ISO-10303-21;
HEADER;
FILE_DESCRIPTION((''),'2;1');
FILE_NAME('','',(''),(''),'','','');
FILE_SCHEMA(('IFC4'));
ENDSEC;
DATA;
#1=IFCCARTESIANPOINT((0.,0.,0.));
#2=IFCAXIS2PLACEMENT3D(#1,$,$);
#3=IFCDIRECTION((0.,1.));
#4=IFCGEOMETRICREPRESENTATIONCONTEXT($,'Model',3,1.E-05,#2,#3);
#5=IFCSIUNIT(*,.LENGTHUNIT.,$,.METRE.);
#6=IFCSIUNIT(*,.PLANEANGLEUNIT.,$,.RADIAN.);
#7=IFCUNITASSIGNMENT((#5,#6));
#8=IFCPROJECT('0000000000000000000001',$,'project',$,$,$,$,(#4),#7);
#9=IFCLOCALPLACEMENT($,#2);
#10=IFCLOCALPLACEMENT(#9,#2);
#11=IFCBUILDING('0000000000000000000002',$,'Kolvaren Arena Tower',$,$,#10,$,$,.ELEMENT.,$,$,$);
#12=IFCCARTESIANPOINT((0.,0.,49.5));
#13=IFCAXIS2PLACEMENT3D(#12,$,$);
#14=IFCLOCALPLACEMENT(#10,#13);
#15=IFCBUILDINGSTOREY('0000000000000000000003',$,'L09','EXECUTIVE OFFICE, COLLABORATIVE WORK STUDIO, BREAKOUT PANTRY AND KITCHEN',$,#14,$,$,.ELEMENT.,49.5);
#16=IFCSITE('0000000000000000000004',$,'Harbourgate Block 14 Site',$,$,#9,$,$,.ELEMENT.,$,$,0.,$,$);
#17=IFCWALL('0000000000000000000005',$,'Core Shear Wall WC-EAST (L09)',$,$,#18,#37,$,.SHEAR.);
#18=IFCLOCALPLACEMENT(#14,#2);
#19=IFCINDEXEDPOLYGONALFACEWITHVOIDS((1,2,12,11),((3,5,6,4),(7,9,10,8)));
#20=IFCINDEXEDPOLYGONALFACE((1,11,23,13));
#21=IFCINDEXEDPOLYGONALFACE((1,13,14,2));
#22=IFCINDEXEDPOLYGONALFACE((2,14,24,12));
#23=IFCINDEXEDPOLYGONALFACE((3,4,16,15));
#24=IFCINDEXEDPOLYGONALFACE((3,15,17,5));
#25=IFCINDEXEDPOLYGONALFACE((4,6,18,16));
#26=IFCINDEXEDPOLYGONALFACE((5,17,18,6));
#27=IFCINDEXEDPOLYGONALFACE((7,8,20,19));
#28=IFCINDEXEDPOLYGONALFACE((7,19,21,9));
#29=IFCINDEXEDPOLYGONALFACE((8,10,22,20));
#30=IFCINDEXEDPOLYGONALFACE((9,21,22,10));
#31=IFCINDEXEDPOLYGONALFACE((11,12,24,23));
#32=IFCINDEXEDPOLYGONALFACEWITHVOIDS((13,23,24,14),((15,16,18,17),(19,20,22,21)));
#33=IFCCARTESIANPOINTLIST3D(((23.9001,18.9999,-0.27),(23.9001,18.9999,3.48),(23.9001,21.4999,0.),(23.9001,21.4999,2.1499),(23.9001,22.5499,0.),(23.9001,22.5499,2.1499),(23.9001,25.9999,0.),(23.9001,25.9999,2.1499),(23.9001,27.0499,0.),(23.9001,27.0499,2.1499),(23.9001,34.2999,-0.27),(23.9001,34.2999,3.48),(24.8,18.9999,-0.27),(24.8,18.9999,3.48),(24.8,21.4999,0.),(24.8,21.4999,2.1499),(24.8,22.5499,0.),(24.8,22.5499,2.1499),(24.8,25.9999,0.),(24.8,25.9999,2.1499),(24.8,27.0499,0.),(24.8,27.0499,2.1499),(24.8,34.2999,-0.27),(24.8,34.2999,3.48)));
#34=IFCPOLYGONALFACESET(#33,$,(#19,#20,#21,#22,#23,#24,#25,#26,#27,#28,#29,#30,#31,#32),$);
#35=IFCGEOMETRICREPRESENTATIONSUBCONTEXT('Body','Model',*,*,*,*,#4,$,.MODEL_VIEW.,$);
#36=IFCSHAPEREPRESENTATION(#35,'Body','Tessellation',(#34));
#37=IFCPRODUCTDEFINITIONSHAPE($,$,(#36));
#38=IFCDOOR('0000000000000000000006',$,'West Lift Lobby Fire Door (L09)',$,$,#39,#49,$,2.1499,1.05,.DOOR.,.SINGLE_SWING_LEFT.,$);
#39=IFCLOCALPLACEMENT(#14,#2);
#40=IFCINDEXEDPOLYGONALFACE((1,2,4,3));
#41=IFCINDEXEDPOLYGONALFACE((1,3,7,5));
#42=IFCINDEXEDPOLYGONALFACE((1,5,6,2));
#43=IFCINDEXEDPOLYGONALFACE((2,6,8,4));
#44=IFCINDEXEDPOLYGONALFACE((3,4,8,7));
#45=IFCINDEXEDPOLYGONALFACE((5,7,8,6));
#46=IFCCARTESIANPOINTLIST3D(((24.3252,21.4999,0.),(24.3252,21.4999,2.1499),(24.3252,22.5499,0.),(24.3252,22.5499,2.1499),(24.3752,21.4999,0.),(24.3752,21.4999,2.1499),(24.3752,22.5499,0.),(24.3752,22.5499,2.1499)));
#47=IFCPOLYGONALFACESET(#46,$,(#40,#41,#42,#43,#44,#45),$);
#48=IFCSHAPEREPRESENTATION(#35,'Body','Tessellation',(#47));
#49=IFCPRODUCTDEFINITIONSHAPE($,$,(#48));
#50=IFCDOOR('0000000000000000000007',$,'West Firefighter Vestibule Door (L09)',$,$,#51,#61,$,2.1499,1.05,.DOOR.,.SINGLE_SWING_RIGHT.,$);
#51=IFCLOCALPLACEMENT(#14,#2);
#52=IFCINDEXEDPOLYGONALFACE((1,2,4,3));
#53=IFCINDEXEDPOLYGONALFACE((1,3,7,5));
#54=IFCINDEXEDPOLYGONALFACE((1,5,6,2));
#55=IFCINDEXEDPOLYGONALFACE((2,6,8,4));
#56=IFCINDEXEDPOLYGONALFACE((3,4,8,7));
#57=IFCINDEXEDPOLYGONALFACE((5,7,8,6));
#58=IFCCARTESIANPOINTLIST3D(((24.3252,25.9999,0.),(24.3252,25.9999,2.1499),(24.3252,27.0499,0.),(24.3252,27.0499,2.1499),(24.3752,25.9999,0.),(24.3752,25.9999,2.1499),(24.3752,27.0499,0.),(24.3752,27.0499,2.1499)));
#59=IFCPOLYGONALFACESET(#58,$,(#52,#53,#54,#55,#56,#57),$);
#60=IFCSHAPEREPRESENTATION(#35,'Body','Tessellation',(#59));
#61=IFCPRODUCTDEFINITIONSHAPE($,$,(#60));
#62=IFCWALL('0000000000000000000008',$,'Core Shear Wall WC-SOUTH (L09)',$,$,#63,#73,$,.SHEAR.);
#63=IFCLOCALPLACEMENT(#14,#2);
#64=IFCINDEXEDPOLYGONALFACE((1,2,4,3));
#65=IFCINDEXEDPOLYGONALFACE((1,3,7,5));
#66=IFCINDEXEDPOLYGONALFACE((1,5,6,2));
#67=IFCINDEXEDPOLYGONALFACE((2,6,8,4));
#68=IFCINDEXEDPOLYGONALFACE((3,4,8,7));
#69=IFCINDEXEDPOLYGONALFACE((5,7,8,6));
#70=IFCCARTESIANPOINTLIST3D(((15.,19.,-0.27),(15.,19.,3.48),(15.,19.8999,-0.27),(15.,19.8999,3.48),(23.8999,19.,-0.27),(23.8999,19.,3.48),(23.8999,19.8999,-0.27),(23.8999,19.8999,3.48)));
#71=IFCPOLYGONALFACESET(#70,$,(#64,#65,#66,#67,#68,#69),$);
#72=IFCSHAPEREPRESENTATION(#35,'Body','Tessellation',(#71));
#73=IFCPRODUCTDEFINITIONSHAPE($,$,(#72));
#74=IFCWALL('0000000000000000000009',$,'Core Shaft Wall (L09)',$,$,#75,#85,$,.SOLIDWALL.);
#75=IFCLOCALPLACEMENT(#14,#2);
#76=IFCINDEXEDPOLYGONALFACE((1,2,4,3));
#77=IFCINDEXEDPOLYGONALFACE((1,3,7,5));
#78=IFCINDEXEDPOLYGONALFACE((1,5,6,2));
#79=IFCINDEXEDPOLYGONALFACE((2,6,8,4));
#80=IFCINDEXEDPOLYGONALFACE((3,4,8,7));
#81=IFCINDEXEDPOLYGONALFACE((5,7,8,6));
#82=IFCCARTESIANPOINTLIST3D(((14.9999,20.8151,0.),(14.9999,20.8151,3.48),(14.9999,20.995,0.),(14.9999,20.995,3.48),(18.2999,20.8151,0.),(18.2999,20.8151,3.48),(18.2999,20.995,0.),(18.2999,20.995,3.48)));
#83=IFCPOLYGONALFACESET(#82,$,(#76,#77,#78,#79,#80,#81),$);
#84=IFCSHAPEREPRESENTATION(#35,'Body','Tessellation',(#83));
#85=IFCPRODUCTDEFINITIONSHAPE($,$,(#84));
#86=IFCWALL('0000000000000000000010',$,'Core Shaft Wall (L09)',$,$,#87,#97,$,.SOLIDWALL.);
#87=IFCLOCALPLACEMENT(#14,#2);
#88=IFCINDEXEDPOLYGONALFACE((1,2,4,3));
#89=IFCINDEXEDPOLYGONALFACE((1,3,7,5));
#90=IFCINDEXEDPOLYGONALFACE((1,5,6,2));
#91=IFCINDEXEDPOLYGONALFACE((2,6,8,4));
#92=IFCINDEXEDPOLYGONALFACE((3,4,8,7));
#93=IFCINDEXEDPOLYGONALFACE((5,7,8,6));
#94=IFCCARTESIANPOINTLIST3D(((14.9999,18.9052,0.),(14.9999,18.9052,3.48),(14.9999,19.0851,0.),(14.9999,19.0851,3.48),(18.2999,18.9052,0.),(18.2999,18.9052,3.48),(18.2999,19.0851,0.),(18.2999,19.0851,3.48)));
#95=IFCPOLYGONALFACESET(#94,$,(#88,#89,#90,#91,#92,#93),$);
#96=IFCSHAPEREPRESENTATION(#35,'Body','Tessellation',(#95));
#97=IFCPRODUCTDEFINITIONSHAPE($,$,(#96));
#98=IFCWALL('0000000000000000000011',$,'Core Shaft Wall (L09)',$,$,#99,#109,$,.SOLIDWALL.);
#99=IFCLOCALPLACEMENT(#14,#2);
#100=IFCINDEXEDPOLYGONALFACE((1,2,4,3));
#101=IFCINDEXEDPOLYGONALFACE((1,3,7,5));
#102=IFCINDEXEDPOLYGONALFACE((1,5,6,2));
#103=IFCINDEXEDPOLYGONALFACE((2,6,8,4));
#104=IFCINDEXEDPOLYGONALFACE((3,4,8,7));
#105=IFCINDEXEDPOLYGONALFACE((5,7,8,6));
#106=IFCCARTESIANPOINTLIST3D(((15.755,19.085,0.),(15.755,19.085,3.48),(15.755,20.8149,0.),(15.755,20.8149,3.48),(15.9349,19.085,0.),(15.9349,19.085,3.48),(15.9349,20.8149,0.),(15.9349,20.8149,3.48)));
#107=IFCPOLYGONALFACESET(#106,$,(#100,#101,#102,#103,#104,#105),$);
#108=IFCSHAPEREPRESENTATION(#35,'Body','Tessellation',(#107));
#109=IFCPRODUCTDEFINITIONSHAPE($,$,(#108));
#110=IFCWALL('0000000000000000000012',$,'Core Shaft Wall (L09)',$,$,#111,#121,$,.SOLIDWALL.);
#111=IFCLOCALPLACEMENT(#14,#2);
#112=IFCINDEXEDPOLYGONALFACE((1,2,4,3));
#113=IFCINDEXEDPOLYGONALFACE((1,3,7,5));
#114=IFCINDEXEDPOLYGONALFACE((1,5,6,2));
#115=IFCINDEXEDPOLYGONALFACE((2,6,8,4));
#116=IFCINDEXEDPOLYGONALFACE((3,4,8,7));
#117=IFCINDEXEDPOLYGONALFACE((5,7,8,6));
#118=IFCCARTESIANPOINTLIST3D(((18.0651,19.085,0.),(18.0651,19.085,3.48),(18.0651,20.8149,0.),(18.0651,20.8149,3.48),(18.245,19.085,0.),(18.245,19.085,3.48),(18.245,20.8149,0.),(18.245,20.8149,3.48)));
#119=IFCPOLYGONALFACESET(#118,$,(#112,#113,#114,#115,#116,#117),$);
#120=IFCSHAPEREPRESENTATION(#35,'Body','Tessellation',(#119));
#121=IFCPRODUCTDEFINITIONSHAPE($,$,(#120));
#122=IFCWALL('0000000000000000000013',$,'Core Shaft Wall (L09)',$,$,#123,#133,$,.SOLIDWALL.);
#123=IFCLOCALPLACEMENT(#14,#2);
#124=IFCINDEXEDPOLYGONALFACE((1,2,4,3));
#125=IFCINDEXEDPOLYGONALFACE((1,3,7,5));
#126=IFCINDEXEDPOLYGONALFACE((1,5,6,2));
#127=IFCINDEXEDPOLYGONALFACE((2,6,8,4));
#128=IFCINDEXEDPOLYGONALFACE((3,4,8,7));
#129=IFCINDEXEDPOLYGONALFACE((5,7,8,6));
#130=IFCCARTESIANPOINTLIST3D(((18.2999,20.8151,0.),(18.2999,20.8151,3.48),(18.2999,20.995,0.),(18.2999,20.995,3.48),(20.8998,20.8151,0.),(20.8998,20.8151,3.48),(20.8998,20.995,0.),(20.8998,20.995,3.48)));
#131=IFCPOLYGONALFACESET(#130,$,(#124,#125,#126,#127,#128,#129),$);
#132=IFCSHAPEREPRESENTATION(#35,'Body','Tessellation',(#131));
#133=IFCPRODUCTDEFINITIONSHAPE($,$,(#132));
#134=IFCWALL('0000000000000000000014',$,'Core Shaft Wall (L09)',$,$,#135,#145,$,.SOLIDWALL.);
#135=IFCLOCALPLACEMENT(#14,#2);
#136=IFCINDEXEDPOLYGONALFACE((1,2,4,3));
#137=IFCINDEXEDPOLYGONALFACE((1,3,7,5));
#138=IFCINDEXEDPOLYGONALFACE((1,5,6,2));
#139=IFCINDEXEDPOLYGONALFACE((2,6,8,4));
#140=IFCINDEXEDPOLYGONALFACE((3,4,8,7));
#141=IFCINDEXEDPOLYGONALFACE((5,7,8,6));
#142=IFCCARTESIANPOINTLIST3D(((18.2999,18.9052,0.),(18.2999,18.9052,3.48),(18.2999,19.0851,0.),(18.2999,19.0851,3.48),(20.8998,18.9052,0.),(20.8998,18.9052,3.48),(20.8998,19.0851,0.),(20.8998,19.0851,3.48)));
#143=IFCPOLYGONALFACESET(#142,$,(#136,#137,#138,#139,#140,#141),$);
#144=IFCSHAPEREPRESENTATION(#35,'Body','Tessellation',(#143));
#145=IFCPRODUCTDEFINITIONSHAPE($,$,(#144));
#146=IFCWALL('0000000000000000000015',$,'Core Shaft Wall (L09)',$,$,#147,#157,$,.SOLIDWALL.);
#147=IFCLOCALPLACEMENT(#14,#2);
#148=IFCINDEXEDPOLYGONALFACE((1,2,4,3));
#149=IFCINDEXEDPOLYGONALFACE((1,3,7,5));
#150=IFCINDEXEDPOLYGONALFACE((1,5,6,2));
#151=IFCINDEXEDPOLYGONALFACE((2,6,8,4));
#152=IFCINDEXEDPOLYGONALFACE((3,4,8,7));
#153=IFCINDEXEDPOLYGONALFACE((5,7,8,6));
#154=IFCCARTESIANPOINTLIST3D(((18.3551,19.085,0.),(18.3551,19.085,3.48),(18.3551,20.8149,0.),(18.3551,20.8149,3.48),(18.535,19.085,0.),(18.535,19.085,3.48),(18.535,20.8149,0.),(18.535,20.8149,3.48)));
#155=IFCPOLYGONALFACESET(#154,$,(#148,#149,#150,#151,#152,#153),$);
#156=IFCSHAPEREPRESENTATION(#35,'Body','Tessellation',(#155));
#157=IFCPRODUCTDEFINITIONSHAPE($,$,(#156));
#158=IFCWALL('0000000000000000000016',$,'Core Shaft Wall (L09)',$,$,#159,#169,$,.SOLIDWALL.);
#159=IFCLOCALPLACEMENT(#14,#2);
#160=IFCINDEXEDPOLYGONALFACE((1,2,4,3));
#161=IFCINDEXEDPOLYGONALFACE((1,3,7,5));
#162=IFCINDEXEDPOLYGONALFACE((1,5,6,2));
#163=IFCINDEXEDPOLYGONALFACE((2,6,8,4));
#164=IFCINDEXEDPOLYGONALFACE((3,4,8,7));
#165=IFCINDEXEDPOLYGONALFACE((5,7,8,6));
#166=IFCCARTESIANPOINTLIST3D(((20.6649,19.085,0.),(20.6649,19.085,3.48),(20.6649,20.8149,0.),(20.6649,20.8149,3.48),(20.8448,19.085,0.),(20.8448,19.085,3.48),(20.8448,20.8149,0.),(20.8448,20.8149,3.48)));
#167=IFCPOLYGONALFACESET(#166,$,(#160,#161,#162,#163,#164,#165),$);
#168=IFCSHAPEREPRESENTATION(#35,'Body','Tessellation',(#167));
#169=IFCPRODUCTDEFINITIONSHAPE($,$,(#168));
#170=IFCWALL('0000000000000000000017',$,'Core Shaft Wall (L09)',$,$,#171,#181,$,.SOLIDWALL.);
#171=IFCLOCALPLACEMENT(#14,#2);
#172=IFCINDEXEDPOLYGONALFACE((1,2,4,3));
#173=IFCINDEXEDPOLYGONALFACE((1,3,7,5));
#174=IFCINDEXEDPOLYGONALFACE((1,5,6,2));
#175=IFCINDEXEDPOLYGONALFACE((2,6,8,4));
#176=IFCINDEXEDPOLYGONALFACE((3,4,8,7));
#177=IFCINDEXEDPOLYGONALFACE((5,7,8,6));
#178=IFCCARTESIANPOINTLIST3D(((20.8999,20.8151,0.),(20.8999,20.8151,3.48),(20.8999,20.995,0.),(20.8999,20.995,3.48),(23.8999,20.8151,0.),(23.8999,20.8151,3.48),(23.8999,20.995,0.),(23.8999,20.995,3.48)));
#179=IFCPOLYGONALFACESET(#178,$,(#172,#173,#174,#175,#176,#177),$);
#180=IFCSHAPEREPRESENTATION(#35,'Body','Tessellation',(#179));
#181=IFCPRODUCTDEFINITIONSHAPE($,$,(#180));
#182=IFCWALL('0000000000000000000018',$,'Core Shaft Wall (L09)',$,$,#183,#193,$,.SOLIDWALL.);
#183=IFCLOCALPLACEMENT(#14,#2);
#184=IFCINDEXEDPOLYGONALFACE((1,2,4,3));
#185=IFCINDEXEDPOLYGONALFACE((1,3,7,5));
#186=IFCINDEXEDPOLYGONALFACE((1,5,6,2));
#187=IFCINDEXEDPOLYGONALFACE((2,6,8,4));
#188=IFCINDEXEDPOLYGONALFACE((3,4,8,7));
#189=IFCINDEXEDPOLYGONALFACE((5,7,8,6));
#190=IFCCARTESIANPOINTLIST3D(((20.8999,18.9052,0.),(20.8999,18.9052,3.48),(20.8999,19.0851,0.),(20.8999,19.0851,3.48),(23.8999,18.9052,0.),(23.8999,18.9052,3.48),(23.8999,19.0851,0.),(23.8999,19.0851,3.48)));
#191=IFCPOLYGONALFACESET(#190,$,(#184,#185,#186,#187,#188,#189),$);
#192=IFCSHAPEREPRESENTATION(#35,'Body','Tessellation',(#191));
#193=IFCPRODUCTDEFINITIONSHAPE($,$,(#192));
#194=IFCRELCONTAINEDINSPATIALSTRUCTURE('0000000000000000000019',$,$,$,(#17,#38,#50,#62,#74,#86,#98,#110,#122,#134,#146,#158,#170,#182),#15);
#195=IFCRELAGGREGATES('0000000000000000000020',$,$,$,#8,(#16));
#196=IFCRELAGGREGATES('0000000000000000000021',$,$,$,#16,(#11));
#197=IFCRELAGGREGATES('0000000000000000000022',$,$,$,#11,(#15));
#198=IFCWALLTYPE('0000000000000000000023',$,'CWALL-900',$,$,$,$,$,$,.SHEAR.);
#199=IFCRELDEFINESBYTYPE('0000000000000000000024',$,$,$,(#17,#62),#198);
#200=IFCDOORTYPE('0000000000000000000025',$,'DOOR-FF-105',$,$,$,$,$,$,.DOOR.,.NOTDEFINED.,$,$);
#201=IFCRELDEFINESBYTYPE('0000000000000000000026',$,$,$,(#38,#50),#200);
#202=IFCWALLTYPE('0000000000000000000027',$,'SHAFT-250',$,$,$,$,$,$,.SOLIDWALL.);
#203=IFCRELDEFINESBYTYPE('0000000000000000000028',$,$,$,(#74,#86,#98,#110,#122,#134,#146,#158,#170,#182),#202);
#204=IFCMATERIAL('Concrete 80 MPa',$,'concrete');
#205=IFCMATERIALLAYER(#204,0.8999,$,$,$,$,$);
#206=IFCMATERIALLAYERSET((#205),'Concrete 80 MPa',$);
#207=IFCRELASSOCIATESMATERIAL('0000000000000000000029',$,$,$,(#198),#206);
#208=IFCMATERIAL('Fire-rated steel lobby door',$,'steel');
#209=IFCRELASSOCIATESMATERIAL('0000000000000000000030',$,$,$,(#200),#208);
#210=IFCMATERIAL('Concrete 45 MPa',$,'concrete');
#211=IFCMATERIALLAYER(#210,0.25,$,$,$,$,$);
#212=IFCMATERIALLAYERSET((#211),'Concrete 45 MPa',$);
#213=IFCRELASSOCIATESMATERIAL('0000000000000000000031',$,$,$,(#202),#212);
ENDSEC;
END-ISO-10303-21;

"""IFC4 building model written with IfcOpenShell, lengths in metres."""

from ifc_helpers import new_model, si_unit, direction, frame, frame_2d, origin, place, context, subcontext, project, spatial, rectangle, extrude, material, layer, layer_set, type_object, element, fill, save


model = new_model("IFC4")

# Units and contexts
model_context = context("Model", 3, precision=1e-05, world=origin(), true_north=direction((0.0, 1.0)))
body_context = subcontext(model_context, "Body", "Model", "MODEL_VIEW")
ifc_project = project(units=[si_unit("LENGTHUNIT", "METRE"), si_unit("PLANEANGLEUNIT", "RADIAN")], contexts=[model_context])

# Site, building, storey
site_placement = place(None, origin())
site = spatial("IfcSite", under=ifc_project, at=site_placement, Name="Harbourgate Block 14 Site", CompositionType="ELEMENT", RefElevation=0.0)
building_placement = place(site_placement, origin())
building = spatial("IfcBuilding", under=site, at=building_placement, Name="Kolvaren Arena Tower", CompositionType="ELEMENT")
storey_placement = place(building_placement, frame((0.0, 0.0, 49.5)))
storey = spatial("IfcBuildingStorey", under=building, at=storey_placement, Name="L09", Description="EXECUTIVE OFFICE, COLLABORATIVE WORK STUDIO, BREAKOUT PANTRY AND KITCHEN", CompositionType="ELEMENT", Elevation=49.5)

# Wall, openings, doors
ifc_material_1 = material(Name="Concrete 80 MPa", Category="concrete")
ifc_layer_1 = layer(ifc_material_1, 0.8999)
ifc_layer_set_1 = layer_set([ifc_layer_1], Name="Concrete 80 MPa")
wall_type_1 = type_object("IfcWallType", Name="CWALL-900", PredefinedType="SHEAR", material=ifc_layer_set_1)
wall_1_placement = place(storey_placement, frame((24.3501, 19.0, -0.27), z_axis=(0.0, 0.0, 1.0), x_axis=(0.0, 1.0, 0.0)))
wall_1 = element("IfcWall", 1, at=wall_1_placement, inside=storey, type_object=wall_type_1, Name="Core Shear Wall WC-EAST (L09)", PredefinedType="SHEAR", context=body_context, shape_type="SweptSolid", body=[
    extrude(rectangle(XDim=15.3, YDim=0.8999, at=frame_2d((7.6499, 0.0))), origin(), (0.0, 0.0, 1.0), 3.75),
])
opening_1_placement = place(wall_1_placement, frame((2.5, 0.0, 0.27)))
opening_1 = element("IfcOpeningElement", 2, at=opening_1_placement, cuts=wall_1, PredefinedType="OPENING", context=body_context, shape_type="SweptSolid", body=[
    extrude(rectangle(XDim=1.05, YDim=2.1499, at=frame_2d((0.5249, 1.075))), frame((0.0, 0.46, 0.0), z_axis=(0.0, -1.0, 0.0), x_axis=(1.0, 0.0, 0.0)), (0.0, 0.0, 1.0), 0.9199),
])
opening_2_placement = place(wall_1_placement, frame((7.0, 0.0, 0.27)))
opening_2 = element("IfcOpeningElement", 3, at=opening_2_placement, cuts=wall_1, PredefinedType="OPENING", context=body_context, shape_type="SweptSolid", body=[
    extrude(rectangle(XDim=1.05, YDim=2.1499, at=frame_2d((0.5249, 1.075))), frame((0.0, 0.46, 0.0), z_axis=(0.0, -1.0, 0.0), x_axis=(1.0, 0.0, 0.0)), (0.0, 0.0, 1.0), 0.9199),
])
ifc_material_2 = material(Name="Fire-rated steel lobby door", Category="steel")
door_type = type_object("IfcDoorType", Name="DOOR-FF-105", OperationType="NOTDEFINED", PredefinedType="DOOR", material=ifc_material_2)
door_1_placement = place(opening_1_placement, origin())
door_1 = element("IfcDoor", 4, at=door_1_placement, inside=storey, type_object=door_type, Name="West Lift Lobby Fire Door (L09)", OperationType="SINGLE_SWING_LEFT", OverallHeight=2.1499, OverallWidth=1.05, PredefinedType="DOOR", context=body_context, shape_type="SweptSolid", body=[
    extrude(rectangle(XDim=1.05, YDim=2.1499, at=frame_2d((0.5249, 1.075))), frame((0.0, 0.0249, 0.0), z_axis=(0.0, -1.0, 0.0), x_axis=(1.0, 0.0, 0.0)), (0.0, 0.0, 1.0), 0.05),
])
fill(opening_1, door_1)
door_2_placement = place(opening_2_placement, origin())
door_2 = element("IfcDoor", 5, at=door_2_placement, inside=storey, type_object=door_type, Name="West Firefighter Vestibule Door (L09)", OperationType="SINGLE_SWING_RIGHT", OverallHeight=2.1499, OverallWidth=1.05, PredefinedType="DOOR", context=body_context, shape_type="SweptSolid", body=[
    extrude(rectangle(XDim=1.05, YDim=2.1499, at=frame_2d((0.5249, 1.075))), frame((0.0, 0.0249, 0.0), z_axis=(0.0, -1.0, 0.0), x_axis=(1.0, 0.0, 0.0)), (0.0, 0.0, 1.0), 0.05),
])
fill(opening_2, door_2)

# Walls
wall_2_placement = place(storey_placement, frame((15.0, 19.45, -0.27), z_axis=(0.0, 0.0, 1.0), x_axis=(1.0, 0.0, 0.0)))
element("IfcWall", 6, at=wall_2_placement, inside=storey, type_object=wall_type_1, Name="Core Shear Wall WC-SOUTH (L09)", PredefinedType="SHEAR", context=body_context, shape_type="SweptSolid", body=[
    extrude(rectangle(XDim=8.8999, YDim=0.8999, at=frame_2d((4.45, 0.0))), origin(), (0.0, 0.0, 1.0), 3.75),
])
ifc_material_3 = material(Name="Concrete 45 MPa", Category="concrete")
ifc_layer_2 = layer(ifc_material_3, 0.25)
ifc_layer_set_2 = layer_set([ifc_layer_2], Name="Concrete 45 MPa")
wall_type_2 = type_object("IfcWallType", Name="SHAFT-250", PredefinedType="SOLIDWALL", material=ifc_layer_set_2)
for number, where, z_axis, x_axis, name in (
    (7, (15.0, 20.905, 0.0), (0.0, 0.0, 1.0), (1.0, 0.0, 0.0), "Core Shaft Wall (L09)"),
    (8, (15.0, 18.9951, 0.0), (0.0, 0.0, 1.0), (1.0, 0.0, 0.0), "Core Shaft Wall (L09)"),
):
    element("IfcWall", number, at=place(storey_placement, frame(where, z_axis=z_axis, x_axis=x_axis)), inside=storey, type_object=wall_type_2, Name=name, PredefinedType="SOLIDWALL", context=body_context, shape_type="SweptSolid", body=[
        extrude(rectangle(XDim=3.3, YDim=0.1799, at=frame_2d((1.6499, 0.0))), origin(), (0.0, 0.0, 1.0), 3.48),
    ])
for number, where, z_axis, x_axis, name in (
    (9, (15.845, 19.085, 0.0), (0.0, 0.0, 1.0), (0.0, 1.0, 0.0), "Core Shaft Wall (L09)"),
    (10, (18.155, 19.085, 0.0), (0.0, 0.0, 1.0), (0.0, 1.0, 0.0), "Core Shaft Wall (L09)"),
):
    element("IfcWall", number, at=place(storey_placement, frame(where, z_axis=z_axis, x_axis=x_axis)), inside=storey, type_object=wall_type_2, Name=name, PredefinedType="SOLIDWALL", context=body_context, shape_type="SweptSolid", body=[
        extrude(rectangle(XDim=1.73, YDim=0.1799, at=frame_2d((0.865, 0.0))), origin(), (0.0, 0.0, 1.0), 3.48),
    ])
for number, where, z_axis, x_axis, name in (
    (11, (18.3, 20.905, 0.0), (0.0, 0.0, 1.0), (1.0, 0.0, 0.0), "Core Shaft Wall (L09)"),
    (12, (18.3, 18.9951, 0.0), (0.0, 0.0, 1.0), (1.0, 0.0, 0.0), "Core Shaft Wall (L09)"),
):
    element("IfcWall", number, at=place(storey_placement, frame(where, z_axis=z_axis, x_axis=x_axis)), inside=storey, type_object=wall_type_2, Name=name, PredefinedType="SOLIDWALL", context=body_context, shape_type="SweptSolid", body=[
        extrude(rectangle(XDim=2.5999, YDim=0.1799, at=frame_2d((1.2998, 0.0))), origin(), (0.0, 0.0, 1.0), 3.48),
    ])
for number, where, z_axis, x_axis, name in (
    (13, (18.4451, 19.085, 0.0), (0.0, 0.0, 1.0), (0.0, 1.0, 0.0), "Core Shaft Wall (L09)"),
    (14, (20.7549, 19.085, 0.0), (0.0, 0.0, 1.0), (0.0, 1.0, 0.0), "Core Shaft Wall (L09)"),
):
    element("IfcWall", number, at=place(storey_placement, frame(where, z_axis=z_axis, x_axis=x_axis)), inside=storey, type_object=wall_type_2, Name=name, PredefinedType="SOLIDWALL", context=body_context, shape_type="SweptSolid", body=[
        extrude(rectangle(XDim=1.73, YDim=0.1799, at=frame_2d((0.865, 0.0))), origin(), (0.0, 0.0, 1.0), 3.48),
    ])
for number, where, z_axis, x_axis, name in (
    (15, (20.8999, 20.905, 0.0), (0.0, 0.0, 1.0), (1.0, 0.0, 0.0), "Core Shaft Wall (L09)"),
    (16, (20.8999, 18.9951, 0.0), (0.0, 0.0, 1.0), (1.0, 0.0, 0.0), "Core Shaft Wall (L09)"),
):
    element("IfcWall", number, at=place(storey_placement, frame(where, z_axis=z_axis, x_axis=x_axis)), inside=storey, type_object=wall_type_2, Name=name, PredefinedType="SOLIDWALL", context=body_context, shape_type="SweptSolid", body=[
        extrude(rectangle(XDim=3.0, YDim=0.1799, at=frame_2d((1.5, 0.0))), origin(), (0.0, 0.0, 1.0), 3.48),
    ])

save(model, "model.ifc")
